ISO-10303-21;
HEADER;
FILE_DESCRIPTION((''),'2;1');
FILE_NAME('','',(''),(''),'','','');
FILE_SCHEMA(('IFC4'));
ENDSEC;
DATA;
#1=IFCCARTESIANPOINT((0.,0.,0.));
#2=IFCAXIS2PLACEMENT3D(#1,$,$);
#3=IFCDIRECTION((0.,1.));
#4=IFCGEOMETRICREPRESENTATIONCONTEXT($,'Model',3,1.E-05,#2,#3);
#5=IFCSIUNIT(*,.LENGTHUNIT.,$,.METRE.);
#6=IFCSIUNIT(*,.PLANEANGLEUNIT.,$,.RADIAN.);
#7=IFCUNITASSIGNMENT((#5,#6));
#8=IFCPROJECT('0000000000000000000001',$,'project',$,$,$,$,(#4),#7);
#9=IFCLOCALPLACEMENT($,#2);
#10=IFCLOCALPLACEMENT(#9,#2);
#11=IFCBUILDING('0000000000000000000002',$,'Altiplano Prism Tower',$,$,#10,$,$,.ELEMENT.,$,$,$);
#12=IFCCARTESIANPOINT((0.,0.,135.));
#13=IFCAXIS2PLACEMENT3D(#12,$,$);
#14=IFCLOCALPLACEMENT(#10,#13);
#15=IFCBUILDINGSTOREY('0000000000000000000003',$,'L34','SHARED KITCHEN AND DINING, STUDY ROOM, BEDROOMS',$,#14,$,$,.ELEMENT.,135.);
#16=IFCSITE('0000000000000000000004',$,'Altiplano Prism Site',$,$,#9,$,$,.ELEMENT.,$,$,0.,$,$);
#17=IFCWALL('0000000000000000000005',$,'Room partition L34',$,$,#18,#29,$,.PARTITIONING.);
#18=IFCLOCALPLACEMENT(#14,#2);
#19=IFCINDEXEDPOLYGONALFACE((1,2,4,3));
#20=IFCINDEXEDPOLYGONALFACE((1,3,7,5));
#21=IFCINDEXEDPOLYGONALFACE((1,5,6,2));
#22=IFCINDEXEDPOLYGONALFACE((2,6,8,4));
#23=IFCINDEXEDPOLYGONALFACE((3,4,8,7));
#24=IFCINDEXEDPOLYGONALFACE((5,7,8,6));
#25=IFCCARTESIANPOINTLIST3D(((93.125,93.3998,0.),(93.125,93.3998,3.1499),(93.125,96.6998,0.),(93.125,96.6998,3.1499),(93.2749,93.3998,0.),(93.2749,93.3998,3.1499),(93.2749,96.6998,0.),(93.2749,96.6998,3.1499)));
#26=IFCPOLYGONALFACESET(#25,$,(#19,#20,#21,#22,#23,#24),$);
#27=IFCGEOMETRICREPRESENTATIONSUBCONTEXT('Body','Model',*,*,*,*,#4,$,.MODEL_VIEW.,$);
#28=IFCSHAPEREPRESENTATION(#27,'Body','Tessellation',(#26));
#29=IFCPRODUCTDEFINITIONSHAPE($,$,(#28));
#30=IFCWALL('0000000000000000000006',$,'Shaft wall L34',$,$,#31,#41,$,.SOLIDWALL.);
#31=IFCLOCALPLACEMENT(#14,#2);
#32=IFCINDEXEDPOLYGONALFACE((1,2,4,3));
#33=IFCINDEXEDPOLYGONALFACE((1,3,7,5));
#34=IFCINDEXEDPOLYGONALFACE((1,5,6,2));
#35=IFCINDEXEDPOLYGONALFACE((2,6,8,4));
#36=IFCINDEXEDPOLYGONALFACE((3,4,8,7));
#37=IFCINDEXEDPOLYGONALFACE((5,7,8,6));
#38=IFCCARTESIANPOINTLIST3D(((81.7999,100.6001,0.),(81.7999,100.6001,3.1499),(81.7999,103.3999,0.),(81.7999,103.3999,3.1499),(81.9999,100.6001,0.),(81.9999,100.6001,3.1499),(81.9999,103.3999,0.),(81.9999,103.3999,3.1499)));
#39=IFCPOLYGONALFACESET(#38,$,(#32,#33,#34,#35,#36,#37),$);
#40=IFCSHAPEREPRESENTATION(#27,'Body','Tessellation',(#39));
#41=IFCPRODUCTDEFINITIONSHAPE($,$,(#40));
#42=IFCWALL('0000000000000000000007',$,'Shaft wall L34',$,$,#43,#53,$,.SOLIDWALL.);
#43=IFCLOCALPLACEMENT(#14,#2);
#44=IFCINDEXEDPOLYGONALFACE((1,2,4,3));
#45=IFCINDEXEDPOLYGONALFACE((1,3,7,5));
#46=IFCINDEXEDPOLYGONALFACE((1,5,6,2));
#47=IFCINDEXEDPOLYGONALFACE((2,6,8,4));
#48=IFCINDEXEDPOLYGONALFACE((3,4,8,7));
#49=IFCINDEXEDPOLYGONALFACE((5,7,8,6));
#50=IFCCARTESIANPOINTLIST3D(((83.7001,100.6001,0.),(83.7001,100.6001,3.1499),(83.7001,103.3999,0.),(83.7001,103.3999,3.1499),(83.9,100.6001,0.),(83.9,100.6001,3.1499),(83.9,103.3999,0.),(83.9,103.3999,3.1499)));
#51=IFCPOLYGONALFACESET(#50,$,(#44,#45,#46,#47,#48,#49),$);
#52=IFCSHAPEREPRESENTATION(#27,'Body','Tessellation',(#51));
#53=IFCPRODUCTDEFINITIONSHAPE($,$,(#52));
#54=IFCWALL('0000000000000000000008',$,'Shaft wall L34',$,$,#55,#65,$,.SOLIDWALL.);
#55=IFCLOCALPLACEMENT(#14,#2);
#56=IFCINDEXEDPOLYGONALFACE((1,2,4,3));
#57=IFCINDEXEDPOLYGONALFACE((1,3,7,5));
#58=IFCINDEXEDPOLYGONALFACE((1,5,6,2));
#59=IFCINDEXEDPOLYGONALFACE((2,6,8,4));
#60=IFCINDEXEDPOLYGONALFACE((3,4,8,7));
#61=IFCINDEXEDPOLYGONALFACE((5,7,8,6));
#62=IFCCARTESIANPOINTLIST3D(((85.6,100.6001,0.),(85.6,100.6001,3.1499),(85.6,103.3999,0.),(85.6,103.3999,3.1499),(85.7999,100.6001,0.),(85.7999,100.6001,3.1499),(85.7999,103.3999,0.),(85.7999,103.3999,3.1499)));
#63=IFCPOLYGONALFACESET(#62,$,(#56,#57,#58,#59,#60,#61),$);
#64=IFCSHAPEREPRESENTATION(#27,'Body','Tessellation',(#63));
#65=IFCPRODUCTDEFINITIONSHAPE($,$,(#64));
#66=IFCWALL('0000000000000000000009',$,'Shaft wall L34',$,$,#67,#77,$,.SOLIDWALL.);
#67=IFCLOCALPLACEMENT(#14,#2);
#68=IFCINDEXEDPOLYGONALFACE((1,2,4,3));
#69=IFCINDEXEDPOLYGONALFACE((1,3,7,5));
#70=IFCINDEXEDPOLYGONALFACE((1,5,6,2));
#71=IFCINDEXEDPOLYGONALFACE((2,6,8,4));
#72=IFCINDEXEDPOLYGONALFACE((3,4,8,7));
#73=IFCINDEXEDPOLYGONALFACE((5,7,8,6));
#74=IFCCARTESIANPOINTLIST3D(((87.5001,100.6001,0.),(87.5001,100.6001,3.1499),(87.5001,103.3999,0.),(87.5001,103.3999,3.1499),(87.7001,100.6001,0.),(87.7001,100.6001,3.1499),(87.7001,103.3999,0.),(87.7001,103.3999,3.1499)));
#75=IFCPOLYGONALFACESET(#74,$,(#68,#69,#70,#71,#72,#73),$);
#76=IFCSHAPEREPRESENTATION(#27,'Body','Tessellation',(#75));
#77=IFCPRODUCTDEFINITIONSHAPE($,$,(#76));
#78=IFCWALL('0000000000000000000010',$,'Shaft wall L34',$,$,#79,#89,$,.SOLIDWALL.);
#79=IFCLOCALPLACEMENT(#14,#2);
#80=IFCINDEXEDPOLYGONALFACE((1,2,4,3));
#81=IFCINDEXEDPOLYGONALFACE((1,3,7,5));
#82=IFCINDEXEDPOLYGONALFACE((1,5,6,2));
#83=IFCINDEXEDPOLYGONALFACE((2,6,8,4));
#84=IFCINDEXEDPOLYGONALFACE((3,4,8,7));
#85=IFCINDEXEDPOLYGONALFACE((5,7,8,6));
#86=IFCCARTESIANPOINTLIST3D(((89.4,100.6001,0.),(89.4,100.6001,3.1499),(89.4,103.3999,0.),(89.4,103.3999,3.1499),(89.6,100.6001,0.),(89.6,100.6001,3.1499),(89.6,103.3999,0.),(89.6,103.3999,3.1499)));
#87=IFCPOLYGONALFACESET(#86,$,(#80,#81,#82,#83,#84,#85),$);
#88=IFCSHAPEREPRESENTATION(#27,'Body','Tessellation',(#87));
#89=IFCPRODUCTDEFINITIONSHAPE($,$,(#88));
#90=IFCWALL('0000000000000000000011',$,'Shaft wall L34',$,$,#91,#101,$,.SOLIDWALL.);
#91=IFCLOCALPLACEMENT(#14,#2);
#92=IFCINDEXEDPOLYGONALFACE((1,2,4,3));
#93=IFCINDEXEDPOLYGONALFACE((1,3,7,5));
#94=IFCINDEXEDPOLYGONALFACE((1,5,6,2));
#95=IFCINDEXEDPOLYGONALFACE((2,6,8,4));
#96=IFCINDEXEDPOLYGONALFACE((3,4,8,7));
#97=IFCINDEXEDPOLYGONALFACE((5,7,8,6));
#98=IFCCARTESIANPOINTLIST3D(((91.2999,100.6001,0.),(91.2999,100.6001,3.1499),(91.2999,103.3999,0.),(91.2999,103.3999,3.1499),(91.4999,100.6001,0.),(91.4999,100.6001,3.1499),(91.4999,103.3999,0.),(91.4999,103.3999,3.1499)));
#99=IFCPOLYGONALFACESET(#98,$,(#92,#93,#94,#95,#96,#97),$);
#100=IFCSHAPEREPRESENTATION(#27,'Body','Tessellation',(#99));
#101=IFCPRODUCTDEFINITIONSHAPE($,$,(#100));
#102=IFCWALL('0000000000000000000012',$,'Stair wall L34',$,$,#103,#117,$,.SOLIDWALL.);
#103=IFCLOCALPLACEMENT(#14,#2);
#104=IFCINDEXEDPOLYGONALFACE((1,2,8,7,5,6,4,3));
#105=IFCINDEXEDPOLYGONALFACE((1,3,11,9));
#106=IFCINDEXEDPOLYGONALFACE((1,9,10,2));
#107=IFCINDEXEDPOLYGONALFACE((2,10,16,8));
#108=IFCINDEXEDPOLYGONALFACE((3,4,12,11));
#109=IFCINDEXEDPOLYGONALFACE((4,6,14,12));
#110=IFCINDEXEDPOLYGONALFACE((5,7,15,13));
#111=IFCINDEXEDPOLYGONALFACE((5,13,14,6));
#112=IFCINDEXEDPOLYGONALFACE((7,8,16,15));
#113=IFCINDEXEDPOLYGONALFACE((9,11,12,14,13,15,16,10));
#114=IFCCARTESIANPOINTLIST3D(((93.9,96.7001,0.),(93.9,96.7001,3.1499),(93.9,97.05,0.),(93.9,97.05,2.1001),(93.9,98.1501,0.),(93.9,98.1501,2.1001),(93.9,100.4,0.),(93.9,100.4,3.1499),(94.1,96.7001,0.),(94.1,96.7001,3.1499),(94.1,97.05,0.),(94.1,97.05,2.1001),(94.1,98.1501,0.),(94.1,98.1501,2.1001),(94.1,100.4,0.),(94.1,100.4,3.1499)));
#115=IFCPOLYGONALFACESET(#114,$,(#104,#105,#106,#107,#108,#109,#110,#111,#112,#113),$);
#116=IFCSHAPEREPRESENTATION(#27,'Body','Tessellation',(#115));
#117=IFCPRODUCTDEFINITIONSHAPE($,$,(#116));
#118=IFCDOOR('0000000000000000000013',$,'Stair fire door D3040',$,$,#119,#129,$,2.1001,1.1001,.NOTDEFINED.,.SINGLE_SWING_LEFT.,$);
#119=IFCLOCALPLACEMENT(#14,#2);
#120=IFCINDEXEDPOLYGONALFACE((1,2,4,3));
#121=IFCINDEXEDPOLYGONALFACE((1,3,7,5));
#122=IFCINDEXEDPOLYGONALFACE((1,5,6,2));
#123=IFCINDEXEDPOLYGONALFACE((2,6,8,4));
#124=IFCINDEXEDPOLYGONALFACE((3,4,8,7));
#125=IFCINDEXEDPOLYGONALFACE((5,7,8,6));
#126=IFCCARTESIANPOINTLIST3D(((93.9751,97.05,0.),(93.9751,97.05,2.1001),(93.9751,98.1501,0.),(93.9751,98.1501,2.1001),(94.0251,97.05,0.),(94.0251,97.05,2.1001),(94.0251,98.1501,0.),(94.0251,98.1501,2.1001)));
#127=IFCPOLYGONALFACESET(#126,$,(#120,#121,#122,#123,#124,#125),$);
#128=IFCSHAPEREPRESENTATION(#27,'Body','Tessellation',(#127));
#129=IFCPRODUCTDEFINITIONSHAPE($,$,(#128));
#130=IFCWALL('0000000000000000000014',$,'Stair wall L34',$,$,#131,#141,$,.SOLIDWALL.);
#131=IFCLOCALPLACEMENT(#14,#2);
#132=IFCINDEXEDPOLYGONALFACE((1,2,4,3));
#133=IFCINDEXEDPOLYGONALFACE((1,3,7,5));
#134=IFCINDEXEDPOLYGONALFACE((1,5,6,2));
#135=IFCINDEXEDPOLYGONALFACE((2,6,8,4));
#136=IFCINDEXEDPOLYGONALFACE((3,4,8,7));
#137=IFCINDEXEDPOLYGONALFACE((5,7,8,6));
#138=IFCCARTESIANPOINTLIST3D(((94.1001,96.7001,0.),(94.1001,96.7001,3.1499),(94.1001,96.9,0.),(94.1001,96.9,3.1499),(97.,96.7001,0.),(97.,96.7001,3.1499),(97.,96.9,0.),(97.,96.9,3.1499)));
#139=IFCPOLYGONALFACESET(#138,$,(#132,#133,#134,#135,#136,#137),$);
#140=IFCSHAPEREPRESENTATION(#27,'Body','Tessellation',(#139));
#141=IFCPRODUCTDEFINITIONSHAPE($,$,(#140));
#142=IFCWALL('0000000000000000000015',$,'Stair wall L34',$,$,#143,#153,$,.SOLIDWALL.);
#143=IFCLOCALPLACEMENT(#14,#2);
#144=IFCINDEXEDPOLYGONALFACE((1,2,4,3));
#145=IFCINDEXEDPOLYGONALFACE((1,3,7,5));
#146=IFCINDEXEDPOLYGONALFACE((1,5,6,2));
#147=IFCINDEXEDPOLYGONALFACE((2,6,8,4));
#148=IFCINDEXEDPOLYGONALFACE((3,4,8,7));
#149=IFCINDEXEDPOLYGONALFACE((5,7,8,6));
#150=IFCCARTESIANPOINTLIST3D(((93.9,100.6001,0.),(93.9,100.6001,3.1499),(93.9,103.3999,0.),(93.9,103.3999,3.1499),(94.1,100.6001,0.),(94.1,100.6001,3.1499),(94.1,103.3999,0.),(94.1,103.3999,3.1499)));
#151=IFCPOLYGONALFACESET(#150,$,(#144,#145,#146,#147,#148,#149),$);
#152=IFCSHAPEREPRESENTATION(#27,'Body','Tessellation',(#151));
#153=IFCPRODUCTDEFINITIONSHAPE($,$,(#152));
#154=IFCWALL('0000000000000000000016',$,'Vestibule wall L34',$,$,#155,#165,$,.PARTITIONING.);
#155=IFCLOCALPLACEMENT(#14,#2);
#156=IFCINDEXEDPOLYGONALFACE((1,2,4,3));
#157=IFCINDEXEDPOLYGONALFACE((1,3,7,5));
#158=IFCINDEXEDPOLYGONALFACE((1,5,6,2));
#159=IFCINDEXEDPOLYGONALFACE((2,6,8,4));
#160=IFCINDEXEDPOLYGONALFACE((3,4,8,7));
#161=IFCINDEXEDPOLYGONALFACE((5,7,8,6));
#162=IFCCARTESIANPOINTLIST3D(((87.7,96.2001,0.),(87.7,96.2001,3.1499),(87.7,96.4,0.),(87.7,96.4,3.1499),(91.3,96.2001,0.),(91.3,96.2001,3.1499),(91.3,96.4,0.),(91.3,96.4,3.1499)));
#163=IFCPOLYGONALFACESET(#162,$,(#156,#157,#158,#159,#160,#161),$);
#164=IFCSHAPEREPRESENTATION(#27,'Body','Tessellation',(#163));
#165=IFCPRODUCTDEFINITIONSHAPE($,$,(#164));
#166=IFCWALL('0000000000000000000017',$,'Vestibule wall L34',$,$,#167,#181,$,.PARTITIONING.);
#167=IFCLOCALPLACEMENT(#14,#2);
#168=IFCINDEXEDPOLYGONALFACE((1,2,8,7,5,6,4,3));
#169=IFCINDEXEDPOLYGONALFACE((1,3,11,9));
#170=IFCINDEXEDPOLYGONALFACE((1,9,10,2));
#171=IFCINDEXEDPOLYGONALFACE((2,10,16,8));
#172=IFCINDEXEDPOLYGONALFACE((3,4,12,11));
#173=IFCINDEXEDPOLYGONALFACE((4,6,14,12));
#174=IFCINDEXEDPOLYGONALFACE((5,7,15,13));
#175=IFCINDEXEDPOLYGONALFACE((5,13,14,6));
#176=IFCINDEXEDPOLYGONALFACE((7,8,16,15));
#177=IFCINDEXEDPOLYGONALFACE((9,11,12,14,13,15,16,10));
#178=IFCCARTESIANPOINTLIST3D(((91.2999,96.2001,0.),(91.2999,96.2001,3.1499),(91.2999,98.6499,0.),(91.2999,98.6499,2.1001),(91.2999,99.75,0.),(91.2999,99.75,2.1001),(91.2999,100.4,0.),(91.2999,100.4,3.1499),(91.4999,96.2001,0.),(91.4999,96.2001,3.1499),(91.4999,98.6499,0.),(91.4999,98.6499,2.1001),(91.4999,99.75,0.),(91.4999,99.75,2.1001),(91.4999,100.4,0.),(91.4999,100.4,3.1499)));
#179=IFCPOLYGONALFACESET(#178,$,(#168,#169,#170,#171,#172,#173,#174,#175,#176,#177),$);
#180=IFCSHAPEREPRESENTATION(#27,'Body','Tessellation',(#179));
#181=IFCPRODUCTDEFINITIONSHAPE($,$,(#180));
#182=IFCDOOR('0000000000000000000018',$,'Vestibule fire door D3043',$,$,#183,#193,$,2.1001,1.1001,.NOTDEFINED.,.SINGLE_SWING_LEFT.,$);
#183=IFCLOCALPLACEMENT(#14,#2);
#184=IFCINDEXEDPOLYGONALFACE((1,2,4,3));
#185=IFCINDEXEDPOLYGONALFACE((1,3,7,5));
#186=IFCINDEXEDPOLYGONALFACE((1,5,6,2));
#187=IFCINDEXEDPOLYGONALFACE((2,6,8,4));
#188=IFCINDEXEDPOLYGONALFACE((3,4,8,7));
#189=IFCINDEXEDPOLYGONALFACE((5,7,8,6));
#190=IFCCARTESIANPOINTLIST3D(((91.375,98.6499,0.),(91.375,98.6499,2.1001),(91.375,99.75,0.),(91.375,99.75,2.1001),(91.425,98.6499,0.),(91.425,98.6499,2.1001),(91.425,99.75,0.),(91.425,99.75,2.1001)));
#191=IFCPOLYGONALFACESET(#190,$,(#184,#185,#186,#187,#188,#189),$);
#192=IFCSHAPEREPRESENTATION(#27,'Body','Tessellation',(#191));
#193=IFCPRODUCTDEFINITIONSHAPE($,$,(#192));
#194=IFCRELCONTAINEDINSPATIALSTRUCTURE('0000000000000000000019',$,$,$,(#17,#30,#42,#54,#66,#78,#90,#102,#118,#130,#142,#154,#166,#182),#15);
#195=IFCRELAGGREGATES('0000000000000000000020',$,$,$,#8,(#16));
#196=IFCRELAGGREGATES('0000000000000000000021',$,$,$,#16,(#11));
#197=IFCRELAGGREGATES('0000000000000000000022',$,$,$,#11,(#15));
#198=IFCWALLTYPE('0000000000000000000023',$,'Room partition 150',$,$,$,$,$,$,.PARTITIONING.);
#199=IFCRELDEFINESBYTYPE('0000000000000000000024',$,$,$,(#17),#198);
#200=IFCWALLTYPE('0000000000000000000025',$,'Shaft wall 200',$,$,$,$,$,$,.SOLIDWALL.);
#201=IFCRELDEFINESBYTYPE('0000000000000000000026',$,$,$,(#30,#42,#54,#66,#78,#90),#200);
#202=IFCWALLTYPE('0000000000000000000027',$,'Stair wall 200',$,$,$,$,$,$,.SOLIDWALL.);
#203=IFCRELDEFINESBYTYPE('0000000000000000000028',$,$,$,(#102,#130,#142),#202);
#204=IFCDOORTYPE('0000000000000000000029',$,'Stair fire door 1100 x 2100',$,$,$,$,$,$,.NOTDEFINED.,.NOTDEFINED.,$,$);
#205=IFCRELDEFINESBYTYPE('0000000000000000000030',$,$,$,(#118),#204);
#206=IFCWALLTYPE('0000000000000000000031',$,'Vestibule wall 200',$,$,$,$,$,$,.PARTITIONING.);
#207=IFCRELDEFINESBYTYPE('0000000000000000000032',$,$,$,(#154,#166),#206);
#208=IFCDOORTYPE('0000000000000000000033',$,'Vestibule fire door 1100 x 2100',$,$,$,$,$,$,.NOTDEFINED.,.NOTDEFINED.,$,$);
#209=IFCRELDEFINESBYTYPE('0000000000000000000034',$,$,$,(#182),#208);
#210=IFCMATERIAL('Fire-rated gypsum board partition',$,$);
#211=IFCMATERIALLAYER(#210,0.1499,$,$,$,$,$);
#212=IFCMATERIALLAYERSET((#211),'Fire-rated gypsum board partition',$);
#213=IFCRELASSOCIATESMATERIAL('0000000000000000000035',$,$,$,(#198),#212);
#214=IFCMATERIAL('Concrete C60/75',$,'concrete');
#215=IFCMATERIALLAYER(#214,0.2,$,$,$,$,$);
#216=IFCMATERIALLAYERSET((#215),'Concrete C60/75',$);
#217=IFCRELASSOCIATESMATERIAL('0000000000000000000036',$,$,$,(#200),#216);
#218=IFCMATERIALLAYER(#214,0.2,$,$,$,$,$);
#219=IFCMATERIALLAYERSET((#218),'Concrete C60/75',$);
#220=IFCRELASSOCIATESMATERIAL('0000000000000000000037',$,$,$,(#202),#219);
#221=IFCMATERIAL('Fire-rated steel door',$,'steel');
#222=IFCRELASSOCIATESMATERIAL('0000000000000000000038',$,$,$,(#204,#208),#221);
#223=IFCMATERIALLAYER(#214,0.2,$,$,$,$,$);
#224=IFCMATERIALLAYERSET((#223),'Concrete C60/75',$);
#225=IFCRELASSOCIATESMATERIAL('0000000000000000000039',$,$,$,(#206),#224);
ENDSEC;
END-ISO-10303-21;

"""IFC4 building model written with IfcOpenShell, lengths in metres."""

from ifc_helpers import new_model, si_unit, direction, frame, frame_2d, origin, place, context, subcontext, project, spatial, rectangle, extrude, material, layer, layer_set, type_object, element, fill, save


model = new_model("IFC4")

# Units and contexts
model_context = context("Model", 3, precision=1e-05, world=origin(), true_north=direction((0.0, 1.0)))
body_context = subcontext(model_context, "Body", "Model", "MODEL_VIEW")
ifc_project = project(units=[si_unit("LENGTHUNIT", "METRE"), si_unit("PLANEANGLEUNIT", "RADIAN")], contexts=[model_context])

# Site, building, storey
site_placement = place(None, origin())
site = spatial("IfcSite", under=ifc_project, at=site_placement, Name="Altiplano Prism Site", CompositionType="ELEMENT", RefElevation=0.0)
building_placement = place(site_placement, origin())
building = spatial("IfcBuilding", under=site, at=building_placement, Name="Altiplano Prism Tower", CompositionType="ELEMENT")
storey_placement = place(building_placement, frame((0.0, 0.0, 135.0)))
storey = spatial("IfcBuildingStorey", under=building, at=storey_placement, Name="L34", Description="SHARED KITCHEN AND DINING, STUDY ROOM, BEDROOMS", CompositionType="ELEMENT", Elevation=135.0)

# Walls
ifc_material_1 = material(Name="Fire-rated gypsum board partition")
ifc_layer_1 = layer(ifc_material_1, 0.1499)
ifc_layer_set_1 = layer_set([ifc_layer_1], Name="Fire-rated gypsum board partition")
wall_type_1 = type_object("IfcWallType", Name="Room partition 150", PredefinedType="PARTITIONING", material=ifc_layer_set_1)
wall_1_placement = place(storey_placement, frame((93.2, 93.3999, 0.0), z_axis=(0.0, 0.0, 1.0), x_axis=(0.0, 1.0, 0.0)))
element("IfcWall", 1, at=wall_1_placement, inside=storey, type_object=wall_type_1, Name="Room partition L34", PredefinedType="PARTITIONING", context=body_context, shape_type="SweptSolid", body=[
    extrude(rectangle(XDim=3.3, YDim=0.1499, at=frame_2d((1.6499, 0.0))), origin(), (0.0, 0.0, 1.0), 3.1499),
])
ifc_material_2 = material(Name="Concrete C60/75", Category="concrete")
ifc_layer_2 = layer(ifc_material_2, 0.2)
ifc_layer_set_2 = layer_set([ifc_layer_2], Name="Concrete C60/75")
wall_type_2 = type_object("IfcWallType", Name="Shaft wall 200", PredefinedType="SOLIDWALL", material=ifc_layer_set_2)
for number, where, z_axis, x_axis, name in (
    (2, (81.8999, 100.6001, 0.0), (0.0, 0.0, 1.0), (0.0, 1.0, 0.0), "Shaft wall L34"),
    (3, (83.8, 100.6001, 0.0), (0.0, 0.0, 1.0), (0.0, 1.0, 0.0), "Shaft wall L34"),
    (4, (85.7, 100.6001, 0.0), (0.0, 0.0, 1.0), (0.0, 1.0, 0.0), "Shaft wall L34"),
    (5, (87.6001, 100.6001, 0.0), (0.0, 0.0, 1.0), (0.0, 1.0, 0.0), "Shaft wall L34"),
    (6, (89.5, 100.6001, 0.0), (0.0, 0.0, 1.0), (0.0, 1.0, 0.0), "Shaft wall L34"),
    (7, (91.3999, 100.6001, 0.0), (0.0, 0.0, 1.0), (0.0, 1.0, 0.0), "Shaft wall L34"),
):
    element("IfcWall", number, at=place(storey_placement, frame(where, z_axis=z_axis, x_axis=x_axis)), inside=storey, type_object=wall_type_2, Name=name, PredefinedType="SOLIDWALL", context=body_context, shape_type="SweptSolid", body=[
        extrude(rectangle(XDim=2.7998, YDim=0.2, at=frame_2d((1.3999, 0.0))), origin(), (0.0, 0.0, 1.0), 3.1499),
    ])

# Wall, opening, door
ifc_layer_3 = layer(ifc_material_2, 0.2)
ifc_layer_set_3 = layer_set([ifc_layer_3], Name="Concrete C60/75")
wall_type_3 = type_object("IfcWallType", Name="Stair wall 200", PredefinedType="SOLIDWALL", material=ifc_layer_set_3)
wall_2_placement = place(storey_placement, frame((94.0, 96.7, 0.0), z_axis=(0.0, 0.0, 1.0), x_axis=(0.0, 1.0, 0.0)))
wall_2 = element("IfcWall", 8, at=wall_2_placement, inside=storey, type_object=wall_type_3, Name="Stair wall L34", PredefinedType="SOLIDWALL", context=body_context, shape_type="SweptSolid", body=[
    extrude(rectangle(XDim=3.7, YDim=0.2, at=frame_2d((1.8501, 0.0))), origin(), (0.0, 0.0, 1.0), 3.1499),
])
opening_1_placement = place(wall_2_placement, frame((0.3501, 0.0, 0.0)))
opening_1 = element("IfcOpeningElement", 9, at=opening_1_placement, cuts=wall_2, PredefinedType="OPENING", context=body_context, shape_type="SweptSolid", body=[
    extrude(rectangle(XDim=1.1001, YDim=2.1001, at=frame_2d((0.55, 1.05))), frame((0.0, 0.1104, 0.0), z_axis=(0.0, -1.0, 0.0), x_axis=(1.0, 0.0, 0.0)), (0.0, 0.0, 1.0), 0.2209),
])
ifc_material_3 = material(Name="Fire-rated steel door", Category="steel")
door_type_1 = type_object("IfcDoorType", Name="Stair fire door 1100 x 2100", OperationType="NOTDEFINED", PredefinedType="NOTDEFINED", material=ifc_material_3)
door_1_placement = place(opening_1_placement, origin())
door_1 = element("IfcDoor", 10, at=door_1_placement, inside=storey, type_object=door_type_1, Name="Stair fire door D3040", OperationType="SINGLE_SWING_LEFT", OverallHeight=2.1001, OverallWidth=1.1001, PredefinedType="NOTDEFINED", context=body_context, shape_type="SweptSolid", body=[
    extrude(rectangle(XDim=1.1001, YDim=2.1001, at=frame_2d((0.55, 1.05))), frame((0.0, 0.0249, 0.0), z_axis=(0.0, -1.0, 0.0), x_axis=(1.0, 0.0, 0.0)), (0.0, 0.0, 1.0), 0.05),
])
fill(opening_1, door_1)

# Walls
wall_3_placement = place(storey_placement, frame((94.1001, 96.8, 0.0), z_axis=(0.0, 0.0, 1.0), x_axis=(1.0, 0.0, 0.0)))
element("IfcWall", 11, at=wall_3_placement, inside=storey, type_object=wall_type_3, Name="Stair wall L34", PredefinedType="SOLIDWALL", context=body_context, shape_type="SweptSolid", body=[
    extrude(rectangle(XDim=2.8999, YDim=0.2, at=frame_2d((1.45, 0.0))), origin(), (0.0, 0.0, 1.0), 3.1499),
])
wall_4_placement = place(storey_placement, frame((94.0, 100.6001, 0.0), z_axis=(0.0, 0.0, 1.0), x_axis=(0.0, 1.0, 0.0)))
element("IfcWall", 12, at=wall_4_placement, inside=storey, type_object=wall_type_3, Name="Stair wall L34", PredefinedType="SOLIDWALL", context=body_context, shape_type="SweptSolid", body=[
    extrude(rectangle(XDim=2.7998, YDim=0.2, at=frame_2d((1.3999, 0.0))), origin(), (0.0, 0.0, 1.0), 3.1499),
])
ifc_layer_4 = layer(ifc_material_2, 0.2)
ifc_layer_set_4 = layer_set([ifc_layer_4], Name="Concrete C60/75")
wall_type_4 = type_object("IfcWallType", Name="Vestibule wall 200", PredefinedType="PARTITIONING", material=ifc_layer_set_4)
wall_5_placement = place(storey_placement, frame((87.7, 96.3, 0.0), z_axis=(0.0, 0.0, 1.0), x_axis=(1.0, 0.0, 0.0)))
element("IfcWall", 13, at=wall_5_placement, inside=storey, type_object=wall_type_4, Name="Vestibule wall L34", PredefinedType="PARTITIONING", context=body_context, shape_type="SweptSolid", body=[
    extrude(rectangle(XDim=3.6001, YDim=0.2, at=frame_2d((1.8, 0.0))), origin(), (0.0, 0.0, 1.0), 3.1499),
])

# Wall, opening, door
wall_6_placement = place(storey_placement, frame((91.3999, 96.2, 0.0), z_axis=(0.0, 0.0, 1.0), x_axis=(0.0, 1.0, 0.0)))
wall_6 = element("IfcWall", 14, at=wall_6_placement, inside=storey, type_object=wall_type_4, Name="Vestibule wall L34", PredefinedType="PARTITIONING", context=body_context, shape_type="SweptSolid", body=[
    extrude(rectangle(XDim=4.2, YDim=0.2, at=frame_2d((2.1001, 0.0))), origin(), (0.0, 0.0, 1.0), 3.1499),
])
opening_2_placement = place(wall_6_placement, frame((2.45, 0.0, 0.0)))
opening_2 = element("IfcOpeningElement", 15, at=opening_2_placement, cuts=wall_6, PredefinedType="OPENING", context=body_context, shape_type="SweptSolid", body=[
    extrude(rectangle(XDim=1.1001, YDim=2.1001, at=frame_2d((0.55, 1.05))), frame((0.0, 0.1104, 0.0), z_axis=(0.0, -1.0, 0.0), x_axis=(1.0, 0.0, 0.0)), (0.0, 0.0, 1.0), 0.2209),
])
door_type_2 = type_object("IfcDoorType", Name="Vestibule fire door 1100 x 2100", OperationType="NOTDEFINED", PredefinedType="NOTDEFINED", material=ifc_material_3)
door_2_placement = place(opening_2_placement, origin())
door_2 = element("IfcDoor", 16, at=door_2_placement, inside=storey, type_object=door_type_2, Name="Vestibule fire door D3043", OperationType="SINGLE_SWING_LEFT", OverallHeight=2.1001, OverallWidth=1.1001, PredefinedType="NOTDEFINED", context=body_context, shape_type="SweptSolid", body=[
    extrude(rectangle(XDim=1.1001, YDim=2.1001, at=frame_2d((0.55, 1.05))), frame((0.0, 0.0249, 0.0), z_axis=(0.0, -1.0, 0.0), x_axis=(1.0, 0.0, 0.0)), (0.0, 0.0, 1.0), 0.05),
])
fill(opening_2, door_2)

save(model, "model.ifc")
